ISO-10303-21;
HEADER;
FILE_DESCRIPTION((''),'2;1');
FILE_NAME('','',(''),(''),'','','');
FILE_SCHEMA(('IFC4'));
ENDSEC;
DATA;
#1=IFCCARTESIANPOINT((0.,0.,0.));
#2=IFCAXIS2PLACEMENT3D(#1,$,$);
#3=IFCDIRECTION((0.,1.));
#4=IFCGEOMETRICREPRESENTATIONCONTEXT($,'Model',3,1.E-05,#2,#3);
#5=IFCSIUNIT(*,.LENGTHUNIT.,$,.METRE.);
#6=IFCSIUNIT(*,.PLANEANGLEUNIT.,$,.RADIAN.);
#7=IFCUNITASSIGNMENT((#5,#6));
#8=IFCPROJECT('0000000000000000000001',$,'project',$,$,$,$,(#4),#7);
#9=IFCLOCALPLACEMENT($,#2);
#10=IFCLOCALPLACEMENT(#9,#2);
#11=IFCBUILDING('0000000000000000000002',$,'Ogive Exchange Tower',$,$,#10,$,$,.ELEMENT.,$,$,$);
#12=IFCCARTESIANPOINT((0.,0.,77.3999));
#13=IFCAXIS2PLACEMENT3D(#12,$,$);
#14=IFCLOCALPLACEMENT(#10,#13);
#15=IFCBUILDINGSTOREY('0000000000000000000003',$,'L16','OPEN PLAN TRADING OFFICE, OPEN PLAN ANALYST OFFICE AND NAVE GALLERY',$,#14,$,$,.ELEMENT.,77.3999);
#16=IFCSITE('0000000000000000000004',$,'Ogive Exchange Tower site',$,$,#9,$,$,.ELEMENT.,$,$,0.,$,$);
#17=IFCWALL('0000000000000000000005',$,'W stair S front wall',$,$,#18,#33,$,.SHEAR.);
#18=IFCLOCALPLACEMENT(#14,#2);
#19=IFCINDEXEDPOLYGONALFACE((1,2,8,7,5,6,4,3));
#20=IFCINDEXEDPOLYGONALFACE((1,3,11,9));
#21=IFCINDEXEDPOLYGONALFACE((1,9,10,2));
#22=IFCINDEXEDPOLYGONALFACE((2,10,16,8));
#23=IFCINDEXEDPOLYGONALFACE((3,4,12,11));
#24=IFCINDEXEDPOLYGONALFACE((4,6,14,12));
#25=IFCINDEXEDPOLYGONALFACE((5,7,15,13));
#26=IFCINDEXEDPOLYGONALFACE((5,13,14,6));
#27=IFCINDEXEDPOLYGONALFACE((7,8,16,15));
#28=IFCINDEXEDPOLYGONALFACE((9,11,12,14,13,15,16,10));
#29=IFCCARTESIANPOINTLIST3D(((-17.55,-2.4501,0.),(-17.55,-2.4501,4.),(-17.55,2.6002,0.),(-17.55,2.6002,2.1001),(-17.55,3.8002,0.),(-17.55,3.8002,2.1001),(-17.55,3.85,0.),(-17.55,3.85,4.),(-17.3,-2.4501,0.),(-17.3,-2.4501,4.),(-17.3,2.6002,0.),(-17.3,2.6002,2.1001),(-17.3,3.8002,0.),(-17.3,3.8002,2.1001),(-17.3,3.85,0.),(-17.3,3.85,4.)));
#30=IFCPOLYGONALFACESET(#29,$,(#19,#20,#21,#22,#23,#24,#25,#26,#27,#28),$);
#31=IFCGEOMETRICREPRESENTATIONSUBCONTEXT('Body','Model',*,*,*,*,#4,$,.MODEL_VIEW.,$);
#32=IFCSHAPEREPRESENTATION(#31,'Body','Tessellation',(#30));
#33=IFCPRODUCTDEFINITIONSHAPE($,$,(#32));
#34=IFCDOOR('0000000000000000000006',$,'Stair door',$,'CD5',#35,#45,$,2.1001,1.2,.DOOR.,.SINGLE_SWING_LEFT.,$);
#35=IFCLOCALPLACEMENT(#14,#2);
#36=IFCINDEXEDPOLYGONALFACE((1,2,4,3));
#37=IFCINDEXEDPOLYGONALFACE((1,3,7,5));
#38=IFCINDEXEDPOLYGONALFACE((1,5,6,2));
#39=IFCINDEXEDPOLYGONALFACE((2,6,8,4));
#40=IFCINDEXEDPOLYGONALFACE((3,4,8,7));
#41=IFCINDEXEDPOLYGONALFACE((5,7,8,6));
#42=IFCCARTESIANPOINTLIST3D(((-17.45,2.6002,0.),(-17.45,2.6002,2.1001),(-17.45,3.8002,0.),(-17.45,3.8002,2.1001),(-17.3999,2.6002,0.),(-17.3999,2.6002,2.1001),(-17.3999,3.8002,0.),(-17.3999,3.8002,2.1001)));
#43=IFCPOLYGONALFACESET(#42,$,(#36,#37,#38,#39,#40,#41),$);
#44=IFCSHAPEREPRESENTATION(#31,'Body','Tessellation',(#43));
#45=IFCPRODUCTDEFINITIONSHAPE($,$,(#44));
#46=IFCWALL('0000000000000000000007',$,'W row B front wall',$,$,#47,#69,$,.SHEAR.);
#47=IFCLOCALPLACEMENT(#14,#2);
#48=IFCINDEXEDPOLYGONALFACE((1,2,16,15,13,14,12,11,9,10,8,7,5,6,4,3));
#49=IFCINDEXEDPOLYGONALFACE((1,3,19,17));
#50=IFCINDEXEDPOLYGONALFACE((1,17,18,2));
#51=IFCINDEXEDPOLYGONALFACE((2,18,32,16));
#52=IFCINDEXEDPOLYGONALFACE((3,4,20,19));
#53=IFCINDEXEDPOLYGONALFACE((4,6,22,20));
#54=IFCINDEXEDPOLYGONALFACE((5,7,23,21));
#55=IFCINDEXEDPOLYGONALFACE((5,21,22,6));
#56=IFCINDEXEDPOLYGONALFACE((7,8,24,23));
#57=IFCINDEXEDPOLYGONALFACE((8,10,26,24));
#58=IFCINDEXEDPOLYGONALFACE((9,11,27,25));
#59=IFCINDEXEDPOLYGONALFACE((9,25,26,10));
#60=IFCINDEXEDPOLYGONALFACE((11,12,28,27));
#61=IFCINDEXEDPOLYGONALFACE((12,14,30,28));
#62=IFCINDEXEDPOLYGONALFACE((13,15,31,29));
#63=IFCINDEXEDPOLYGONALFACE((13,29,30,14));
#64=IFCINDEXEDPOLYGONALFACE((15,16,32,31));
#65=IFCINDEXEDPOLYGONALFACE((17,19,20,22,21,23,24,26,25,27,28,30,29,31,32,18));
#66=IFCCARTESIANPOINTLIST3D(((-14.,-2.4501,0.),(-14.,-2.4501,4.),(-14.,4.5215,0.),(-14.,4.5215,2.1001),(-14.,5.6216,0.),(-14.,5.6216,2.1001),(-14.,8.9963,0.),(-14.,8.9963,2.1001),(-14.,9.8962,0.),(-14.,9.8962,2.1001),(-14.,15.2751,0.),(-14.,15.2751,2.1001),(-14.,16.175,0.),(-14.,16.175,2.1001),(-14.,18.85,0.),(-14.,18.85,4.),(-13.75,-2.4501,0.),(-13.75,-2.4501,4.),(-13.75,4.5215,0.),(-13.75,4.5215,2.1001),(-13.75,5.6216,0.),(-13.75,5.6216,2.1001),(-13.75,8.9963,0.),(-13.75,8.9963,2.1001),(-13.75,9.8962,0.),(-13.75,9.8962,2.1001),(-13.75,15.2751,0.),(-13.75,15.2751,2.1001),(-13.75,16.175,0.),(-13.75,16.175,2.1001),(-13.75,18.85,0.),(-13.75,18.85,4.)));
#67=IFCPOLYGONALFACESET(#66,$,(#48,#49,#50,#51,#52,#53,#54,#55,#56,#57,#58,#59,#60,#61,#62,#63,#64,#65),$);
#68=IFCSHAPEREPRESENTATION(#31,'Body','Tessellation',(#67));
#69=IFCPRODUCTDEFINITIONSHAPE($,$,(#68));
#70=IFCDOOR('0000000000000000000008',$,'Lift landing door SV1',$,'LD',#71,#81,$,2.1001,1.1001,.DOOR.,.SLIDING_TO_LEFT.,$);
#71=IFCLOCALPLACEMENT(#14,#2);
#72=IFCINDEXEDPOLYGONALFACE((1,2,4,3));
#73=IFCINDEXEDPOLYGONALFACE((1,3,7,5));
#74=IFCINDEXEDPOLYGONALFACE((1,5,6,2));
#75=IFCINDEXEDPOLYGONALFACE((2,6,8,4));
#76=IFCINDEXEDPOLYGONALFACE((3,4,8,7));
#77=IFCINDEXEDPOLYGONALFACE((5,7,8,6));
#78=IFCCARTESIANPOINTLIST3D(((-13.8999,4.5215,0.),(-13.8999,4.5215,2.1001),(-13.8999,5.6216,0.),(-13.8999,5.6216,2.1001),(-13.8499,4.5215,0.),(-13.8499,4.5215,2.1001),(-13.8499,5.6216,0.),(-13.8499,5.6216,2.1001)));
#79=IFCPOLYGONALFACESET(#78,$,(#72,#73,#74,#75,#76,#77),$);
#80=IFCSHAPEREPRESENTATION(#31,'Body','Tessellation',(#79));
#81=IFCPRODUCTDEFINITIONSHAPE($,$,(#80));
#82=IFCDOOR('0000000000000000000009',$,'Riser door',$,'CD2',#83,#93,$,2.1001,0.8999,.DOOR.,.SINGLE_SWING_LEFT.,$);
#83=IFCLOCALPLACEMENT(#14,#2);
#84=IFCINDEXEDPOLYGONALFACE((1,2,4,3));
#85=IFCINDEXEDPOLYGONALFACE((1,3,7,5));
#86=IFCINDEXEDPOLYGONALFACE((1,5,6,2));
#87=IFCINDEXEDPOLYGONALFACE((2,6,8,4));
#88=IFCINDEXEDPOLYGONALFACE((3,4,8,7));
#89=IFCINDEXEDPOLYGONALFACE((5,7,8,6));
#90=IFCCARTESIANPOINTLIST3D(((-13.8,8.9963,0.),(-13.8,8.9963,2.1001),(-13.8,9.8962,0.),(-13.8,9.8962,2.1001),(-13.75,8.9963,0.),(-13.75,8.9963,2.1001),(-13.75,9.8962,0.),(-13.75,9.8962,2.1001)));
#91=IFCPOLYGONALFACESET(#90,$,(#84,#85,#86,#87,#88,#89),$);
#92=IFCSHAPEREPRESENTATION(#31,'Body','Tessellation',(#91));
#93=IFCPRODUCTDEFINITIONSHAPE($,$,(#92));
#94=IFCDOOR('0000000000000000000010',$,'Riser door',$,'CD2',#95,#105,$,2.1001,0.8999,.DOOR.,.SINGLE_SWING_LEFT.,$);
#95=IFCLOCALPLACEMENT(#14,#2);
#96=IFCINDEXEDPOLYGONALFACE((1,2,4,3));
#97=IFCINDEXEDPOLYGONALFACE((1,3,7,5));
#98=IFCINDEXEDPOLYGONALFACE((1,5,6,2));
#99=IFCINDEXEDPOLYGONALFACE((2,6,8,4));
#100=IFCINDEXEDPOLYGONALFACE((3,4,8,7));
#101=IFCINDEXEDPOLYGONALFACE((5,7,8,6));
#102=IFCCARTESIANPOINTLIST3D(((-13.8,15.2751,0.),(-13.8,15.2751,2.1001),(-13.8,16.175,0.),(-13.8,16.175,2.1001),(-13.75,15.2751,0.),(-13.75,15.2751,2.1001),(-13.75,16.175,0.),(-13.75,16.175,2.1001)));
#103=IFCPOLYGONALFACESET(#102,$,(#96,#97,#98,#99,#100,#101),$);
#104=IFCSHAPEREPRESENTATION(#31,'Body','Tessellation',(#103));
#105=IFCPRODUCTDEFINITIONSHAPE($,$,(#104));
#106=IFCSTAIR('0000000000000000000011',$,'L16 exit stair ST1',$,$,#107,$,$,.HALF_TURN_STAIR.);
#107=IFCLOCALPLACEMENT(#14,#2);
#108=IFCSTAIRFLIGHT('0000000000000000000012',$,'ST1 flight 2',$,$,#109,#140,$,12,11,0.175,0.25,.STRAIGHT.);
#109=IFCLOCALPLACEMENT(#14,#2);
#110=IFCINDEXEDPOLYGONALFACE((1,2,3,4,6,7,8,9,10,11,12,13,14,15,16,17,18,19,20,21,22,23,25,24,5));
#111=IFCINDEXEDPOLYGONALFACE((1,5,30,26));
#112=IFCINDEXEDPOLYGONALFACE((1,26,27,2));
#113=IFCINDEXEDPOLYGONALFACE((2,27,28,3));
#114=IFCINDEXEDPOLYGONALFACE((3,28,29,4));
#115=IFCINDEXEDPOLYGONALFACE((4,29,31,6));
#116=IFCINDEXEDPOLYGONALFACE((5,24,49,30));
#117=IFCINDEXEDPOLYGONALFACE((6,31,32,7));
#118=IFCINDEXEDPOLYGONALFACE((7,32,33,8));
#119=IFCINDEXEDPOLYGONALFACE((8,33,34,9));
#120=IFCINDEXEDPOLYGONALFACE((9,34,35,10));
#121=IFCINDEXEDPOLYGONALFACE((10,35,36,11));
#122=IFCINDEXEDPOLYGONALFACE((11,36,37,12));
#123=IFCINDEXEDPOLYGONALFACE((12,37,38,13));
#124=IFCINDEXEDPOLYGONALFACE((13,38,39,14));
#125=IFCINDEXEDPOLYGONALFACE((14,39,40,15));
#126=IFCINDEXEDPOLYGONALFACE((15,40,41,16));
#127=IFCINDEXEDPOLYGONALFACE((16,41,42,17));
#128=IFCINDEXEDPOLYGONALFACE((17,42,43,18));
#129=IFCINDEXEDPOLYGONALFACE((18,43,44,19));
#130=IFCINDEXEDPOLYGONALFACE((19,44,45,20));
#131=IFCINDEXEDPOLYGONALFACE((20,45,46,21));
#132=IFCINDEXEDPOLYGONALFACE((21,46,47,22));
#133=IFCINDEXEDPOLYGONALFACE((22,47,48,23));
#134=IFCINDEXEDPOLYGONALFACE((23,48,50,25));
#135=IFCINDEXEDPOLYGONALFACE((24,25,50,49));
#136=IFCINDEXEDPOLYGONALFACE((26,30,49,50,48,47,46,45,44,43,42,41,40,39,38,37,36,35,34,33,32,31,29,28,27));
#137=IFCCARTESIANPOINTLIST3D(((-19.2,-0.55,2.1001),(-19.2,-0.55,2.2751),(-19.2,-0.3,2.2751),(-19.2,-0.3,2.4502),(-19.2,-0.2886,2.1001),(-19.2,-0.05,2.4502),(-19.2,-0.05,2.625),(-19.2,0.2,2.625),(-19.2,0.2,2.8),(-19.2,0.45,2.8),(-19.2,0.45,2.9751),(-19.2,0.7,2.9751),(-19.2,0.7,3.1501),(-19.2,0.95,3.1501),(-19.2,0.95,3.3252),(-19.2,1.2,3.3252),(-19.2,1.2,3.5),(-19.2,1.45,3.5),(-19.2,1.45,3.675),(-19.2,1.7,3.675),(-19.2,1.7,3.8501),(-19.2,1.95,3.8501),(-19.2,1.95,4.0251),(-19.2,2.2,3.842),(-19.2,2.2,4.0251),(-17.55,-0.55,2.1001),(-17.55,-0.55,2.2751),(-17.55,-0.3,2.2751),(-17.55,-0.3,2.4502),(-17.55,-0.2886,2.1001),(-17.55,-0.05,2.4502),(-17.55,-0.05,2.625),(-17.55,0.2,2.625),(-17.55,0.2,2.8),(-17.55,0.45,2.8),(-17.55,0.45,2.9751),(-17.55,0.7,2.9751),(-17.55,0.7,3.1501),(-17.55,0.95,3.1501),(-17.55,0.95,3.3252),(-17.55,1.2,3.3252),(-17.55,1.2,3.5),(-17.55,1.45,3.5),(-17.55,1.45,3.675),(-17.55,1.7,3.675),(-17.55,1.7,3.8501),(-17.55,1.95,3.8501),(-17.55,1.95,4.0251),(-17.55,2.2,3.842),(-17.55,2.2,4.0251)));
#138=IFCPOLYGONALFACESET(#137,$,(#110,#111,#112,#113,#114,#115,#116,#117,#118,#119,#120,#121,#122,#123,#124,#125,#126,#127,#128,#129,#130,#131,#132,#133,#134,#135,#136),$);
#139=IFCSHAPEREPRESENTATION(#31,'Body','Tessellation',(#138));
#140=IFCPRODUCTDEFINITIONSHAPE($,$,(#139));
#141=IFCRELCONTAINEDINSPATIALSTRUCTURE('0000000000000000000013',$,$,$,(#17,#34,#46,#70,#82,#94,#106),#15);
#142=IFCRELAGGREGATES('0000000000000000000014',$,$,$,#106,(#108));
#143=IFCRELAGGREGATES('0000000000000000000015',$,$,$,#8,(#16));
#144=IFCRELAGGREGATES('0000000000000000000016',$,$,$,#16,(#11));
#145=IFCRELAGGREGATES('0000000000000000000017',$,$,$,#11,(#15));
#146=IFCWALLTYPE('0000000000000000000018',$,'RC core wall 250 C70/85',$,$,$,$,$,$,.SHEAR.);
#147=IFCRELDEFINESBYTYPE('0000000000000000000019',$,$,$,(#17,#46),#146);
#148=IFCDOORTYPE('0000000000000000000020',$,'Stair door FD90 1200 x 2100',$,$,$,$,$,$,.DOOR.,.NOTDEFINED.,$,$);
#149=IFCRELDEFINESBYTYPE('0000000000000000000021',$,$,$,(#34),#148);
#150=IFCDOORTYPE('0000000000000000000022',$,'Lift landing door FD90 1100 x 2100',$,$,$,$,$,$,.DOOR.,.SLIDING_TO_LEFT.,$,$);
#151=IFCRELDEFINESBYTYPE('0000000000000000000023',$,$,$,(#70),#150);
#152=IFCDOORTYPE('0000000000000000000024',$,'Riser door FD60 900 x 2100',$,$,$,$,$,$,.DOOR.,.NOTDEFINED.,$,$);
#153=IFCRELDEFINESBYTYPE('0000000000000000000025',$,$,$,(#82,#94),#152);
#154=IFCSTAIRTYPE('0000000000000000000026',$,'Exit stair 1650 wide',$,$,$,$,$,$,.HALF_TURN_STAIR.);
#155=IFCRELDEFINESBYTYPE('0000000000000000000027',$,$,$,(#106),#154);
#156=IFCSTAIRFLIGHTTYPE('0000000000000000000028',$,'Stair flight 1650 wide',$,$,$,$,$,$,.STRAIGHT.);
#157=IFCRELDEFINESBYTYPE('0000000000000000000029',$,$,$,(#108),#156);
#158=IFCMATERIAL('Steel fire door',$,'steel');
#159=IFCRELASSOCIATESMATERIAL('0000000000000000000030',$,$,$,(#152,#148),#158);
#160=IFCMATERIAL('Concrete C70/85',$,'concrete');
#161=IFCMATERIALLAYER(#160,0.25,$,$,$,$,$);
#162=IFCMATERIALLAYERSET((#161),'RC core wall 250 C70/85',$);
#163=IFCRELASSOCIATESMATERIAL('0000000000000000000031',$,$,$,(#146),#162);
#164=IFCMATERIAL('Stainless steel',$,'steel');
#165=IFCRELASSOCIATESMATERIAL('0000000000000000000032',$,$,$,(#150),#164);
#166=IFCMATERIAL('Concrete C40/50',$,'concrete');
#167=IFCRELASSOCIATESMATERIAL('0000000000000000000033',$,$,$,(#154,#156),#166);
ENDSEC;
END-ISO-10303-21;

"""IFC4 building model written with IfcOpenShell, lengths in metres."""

from ifc_helpers import new_model, si_unit, direction, frame, frame_2d, origin, place, context, subcontext, project, spatial, polyline, rectangle, outline, extrude, material, layer, layer_set, type_object, element, fill, aggregate, save


model = new_model("IFC4")

# Units and contexts
model_context = context("Model", 3, precision=1e-05, world=origin(), true_north=direction((0.0, 1.0)))
body_context = subcontext(model_context, "Body", "Model", "MODEL_VIEW")
ifc_project = project(units=[si_unit("LENGTHUNIT", "METRE"), si_unit("PLANEANGLEUNIT", "RADIAN")], contexts=[model_context])

# Site, building, storey
site_placement = place(None, origin())
site = spatial("IfcSite", under=ifc_project, at=site_placement, Name="Ogive Exchange Tower site", CompositionType="ELEMENT", RefElevation=0.0)
building_placement = place(site_placement, origin())
building = spatial("IfcBuilding", under=site, at=building_placement, Name="Ogive Exchange Tower", CompositionType="ELEMENT")
storey_placement = place(building_placement, frame((0.0, 0.0, 77.3999)))
storey = spatial("IfcBuildingStorey", under=building, at=storey_placement, Name="L16", Description="OPEN PLAN TRADING OFFICE, OPEN PLAN ANALYST OFFICE AND NAVE GALLERY", CompositionType="ELEMENT", Elevation=77.3999)

# Shared definitions
ifc_material_1 = material(Name="Concrete C70/85", Category="concrete")
ifc_material_2 = material(Name="Steel fire door", Category="steel")
door_type_1 = type_object("IfcDoorType", Name="Riser door FD60 900 x 2100", OperationType="NOTDEFINED", PredefinedType="DOOR", material=ifc_material_2)

# Wall, opening, door
ifc_layer_1 = layer(ifc_material_1, 0.25)
ifc_layer_set_1 = layer_set([ifc_layer_1], Name="RC core wall 250 C70/85")
wall_type_1 = type_object("IfcWallType", Name="RC core wall 250 C70/85", PredefinedType="SHEAR", material=ifc_layer_set_1)
wall_1_placement = place(storey_placement, frame((-17.425, -2.45, 0.0), z_axis=(0.0, 0.0, 1.0), x_axis=(0.0, 1.0, 0.0)))
wall_1 = element("IfcWall", 1, at=wall_1_placement, inside=storey, type_object=wall_type_1, Name="W stair S front wall", PredefinedType="SHEAR", context=body_context, shape_type="SweptSolid", body=[
    extrude(rectangle(XDim=6.3, YDim=0.25, at=frame_2d((3.1499, 0.0))), origin(), (0.0, 0.0, 1.0), 4.0),
])
opening_1_placement = place(wall_1_placement, frame((5.05, 0.0, 0.0)))
opening_1 = element("IfcOpeningElement", 2, at=opening_1_placement, cuts=wall_1, PredefinedType="OPENING", context=body_context, shape_type="SweptSolid", body=[
    extrude(rectangle(XDim=1.2, YDim=2.1001, at=frame_2d((0.6001, 1.05))), frame((0.0, 0.135, 0.0), z_axis=(0.0, -1.0, 0.0), x_axis=(1.0, 0.0, 0.0)), (0.0, 0.0, 1.0), 0.27),
])
door_type_2 = type_object("IfcDoorType", Name="Stair door FD90 1200 x 2100", OperationType="NOTDEFINED", PredefinedType="DOOR", material=ifc_material_2)
door_1_placement = place(opening_1_placement, origin())
door_1 = element("IfcDoor", 3, at=door_1_placement, inside=storey, type_object=door_type_2, Name="Stair door", ObjectType="CD5", OperationType="SINGLE_SWING_LEFT", OverallHeight=2.1001, OverallWidth=1.2, PredefinedType="DOOR", context=body_context, shape_type="SweptSolid", body=[
    extrude(rectangle(XDim=1.2, YDim=2.1001, at=frame_2d((0.6001, 1.05))), frame((0.0, 0.0249, 0.0), z_axis=(0.0, -1.0, 0.0), x_axis=(1.0, 0.0, 0.0)), (0.0, 0.0, 1.0), 0.05),
])
fill(opening_1, door_1)

# Wall, openings, doors
wall_2_placement = place(storey_placement, frame((-13.875, -2.45, 0.0), z_axis=(0.0, 0.0, 1.0), x_axis=(0.0, 1.0, 0.0)))
wall_2 = element("IfcWall", 4, at=wall_2_placement, inside=storey, type_object=wall_type_1, Name="W row B front wall", PredefinedType="SHEAR", context=body_context, shape_type="SweptSolid", body=[
    extrude(rectangle(XDim=21.3, YDim=0.25, at=frame_2d((10.6499, 0.0))), origin(), (0.0, 0.0, 1.0), 4.0),
])
opening_2_placement = place(wall_2_placement, frame((11.4463, 0.0, 0.0)))
opening_2 = element("IfcOpeningElement", 5, at=opening_2_placement, cuts=wall_2, PredefinedType="OPENING", context=body_context, shape_type="SweptSolid", body=[
    extrude(rectangle(XDim=0.8999, YDim=2.1001, at=frame_2d((0.45, 1.05))), frame((0.0, 0.135, 0.0), z_axis=(0.0, -1.0, 0.0), x_axis=(1.0, 0.0, 0.0)), (0.0, 0.0, 1.0), 0.27),
])
opening_3_placement = place(wall_2_placement, frame((17.7251, 0.0, 0.0)))
opening_3 = element("IfcOpeningElement", 6, at=opening_3_placement, cuts=wall_2, PredefinedType="OPENING", context=body_context, shape_type="SweptSolid", body=[
    extrude(rectangle(XDim=0.8999, YDim=2.1001, at=frame_2d((0.45, 1.05))), frame((0.0, 0.135, 0.0), z_axis=(0.0, -1.0, 0.0), x_axis=(1.0, 0.0, 0.0)), (0.0, 0.0, 1.0), 0.27),
])
opening_4_placement = place(wall_2_placement, frame((6.9714, 0.0, 0.0)))
opening_4 = element("IfcOpeningElement", 7, at=opening_4_placement, cuts=wall_2, PredefinedType="OPENING", context=body_context, shape_type="SweptSolid", body=[
    extrude(rectangle(XDim=1.1001, YDim=2.1001, at=frame_2d((0.55, 1.05))), frame((0.0, 0.135, 0.0), z_axis=(0.0, -1.0, 0.0), x_axis=(1.0, 0.0, 0.0)), (0.0, 0.0, 1.0), 0.27),
])
ifc_material_3 = material(Name="Stainless steel", Category="steel")
door_type_3 = type_object("IfcDoorType", Name="Lift landing door FD90 1100 x 2100", OperationType="SLIDING_TO_LEFT", PredefinedType="DOOR", material=ifc_material_3)
door_2_placement = place(opening_4_placement, origin())
door_2 = element("IfcDoor", 8, at=door_2_placement, inside=storey, type_object=door_type_3, Name="Lift landing door SV1", ObjectType="LD", OperationType="SLIDING_TO_LEFT", OverallHeight=2.1001, OverallWidth=1.1001, PredefinedType="DOOR", context=body_context, shape_type="SweptSolid", body=[
    extrude(rectangle(XDim=1.1001, YDim=2.1001, at=frame_2d((0.55, 1.05))), frame((0.0, 0.0249, 0.0), z_axis=(0.0, -1.0, 0.0), x_axis=(1.0, 0.0, 0.0)), (0.0, 0.0, 1.0), 0.05),
])
fill(opening_4, door_2)
door_3_placement = place(opening_2_placement, frame((0.8999, -0.2002, 0.0), z_axis=(0.0, 0.0, 1.0), x_axis=(-1.0, 0.0, 0.0)))
door_3 = element("IfcDoor", 9, at=door_3_placement, inside=storey, type_object=door_type_1, Name="Riser door", ObjectType="CD2", OperationType="SINGLE_SWING_LEFT", OverallHeight=2.1001, OverallWidth=0.8999, PredefinedType="DOOR", context=body_context, shape_type="SweptSolid", body=[
    extrude(rectangle(XDim=0.8999, YDim=2.1001, at=frame_2d((0.45, 1.05))), frame((0.0, -0.0752, 0.0), z_axis=(0.0, -1.0, 0.0), x_axis=(1.0, 0.0, 0.0)), (0.0, 0.0, 1.0), 0.05),
])
fill(opening_2, door_3)
door_4_placement = place(opening_3_placement, frame((0.8999, -0.2002, 0.0), z_axis=(0.0, 0.0, 1.0), x_axis=(-1.0, 0.0, 0.0)))
door_4 = element("IfcDoor", 10, at=door_4_placement, inside=storey, type_object=door_type_1, Name="Riser door", ObjectType="CD2", OperationType="SINGLE_SWING_LEFT", OverallHeight=2.1001, OverallWidth=0.8999, PredefinedType="DOOR", context=body_context, shape_type="SweptSolid", body=[
    extrude(rectangle(XDim=0.8999, YDim=2.1001, at=frame_2d((0.45, 1.05))), frame((0.0, -0.0752, 0.0), z_axis=(0.0, -1.0, 0.0), x_axis=(1.0, 0.0, 0.0)), (0.0, 0.0, 1.0), 0.05),
])
fill(opening_3, door_4)

# Stair, stair flight
ifc_material_4 = material(Name="Concrete C40/50", Category="concrete")
stair_type = type_object("IfcStairType", Name="Exit stair 1650 wide", PredefinedType="HALF_TURN_STAIR", material=ifc_material_4)
stair_placement = place(storey_placement, origin())
stair = element("IfcStair", 11, at=stair_placement, inside=storey, type_object=stair_type, Name="L16 exit stair ST1", PredefinedType="HALF_TURN_STAIR")
stair_flight_type = type_object("IfcStairFlightType", Name="Stair flight 1650 wide", PredefinedType="STRAIGHT", material=ifc_material_4)
stair_flight_placement = place(storey_placement, frame((-18.375, -0.55, 2.1001), z_axis=(0.0, 0.0, 1.0), x_axis=(0.0, 1.0, 0.0)))
stair_flight = element("IfcStairFlight", 12, at=stair_flight_placement, type_object=stair_flight_type, Name="ST1 flight 2", NumberOfRisers=12, NumberOfTreads=11, PredefinedType="STRAIGHT", RiserHeight=0.175, TreadLength=0.25, context=body_context, shape_type="SweptSolid", body=[
    extrude(outline(polyline([(0.0, 0.0), (0.0, 0.175), (0.25, 0.175), (0.25, 0.3501), (0.5, 0.3501), (0.5, 0.5249), (0.75, 0.5249), (0.75, 0.7), (1.0, 0.7), (1.0, 0.875), (1.25, 0.875), (1.25, 1.05), (1.5, 1.05), (1.5, 1.2251), (1.75, 1.2251), (1.75, 1.3999), (2.0, 1.3999), (2.0, 1.575), (2.25, 1.575), (2.25, 1.75), (2.5, 1.75), (2.5, 1.925), (2.75, 1.925), (2.75, 2.1001), (2.75, 1.7419), (0.2615, 0.0), (0.0, 0.0)])), frame((0.0, 0.825, 0.0), z_axis=(0.0, -1.0, 0.0), x_axis=(1.0, 0.0, 0.0)), (0.0, 0.0, 1.0), 1.6499),
])
aggregate(stair, [stair_flight])

save(model, "model.ifc")
